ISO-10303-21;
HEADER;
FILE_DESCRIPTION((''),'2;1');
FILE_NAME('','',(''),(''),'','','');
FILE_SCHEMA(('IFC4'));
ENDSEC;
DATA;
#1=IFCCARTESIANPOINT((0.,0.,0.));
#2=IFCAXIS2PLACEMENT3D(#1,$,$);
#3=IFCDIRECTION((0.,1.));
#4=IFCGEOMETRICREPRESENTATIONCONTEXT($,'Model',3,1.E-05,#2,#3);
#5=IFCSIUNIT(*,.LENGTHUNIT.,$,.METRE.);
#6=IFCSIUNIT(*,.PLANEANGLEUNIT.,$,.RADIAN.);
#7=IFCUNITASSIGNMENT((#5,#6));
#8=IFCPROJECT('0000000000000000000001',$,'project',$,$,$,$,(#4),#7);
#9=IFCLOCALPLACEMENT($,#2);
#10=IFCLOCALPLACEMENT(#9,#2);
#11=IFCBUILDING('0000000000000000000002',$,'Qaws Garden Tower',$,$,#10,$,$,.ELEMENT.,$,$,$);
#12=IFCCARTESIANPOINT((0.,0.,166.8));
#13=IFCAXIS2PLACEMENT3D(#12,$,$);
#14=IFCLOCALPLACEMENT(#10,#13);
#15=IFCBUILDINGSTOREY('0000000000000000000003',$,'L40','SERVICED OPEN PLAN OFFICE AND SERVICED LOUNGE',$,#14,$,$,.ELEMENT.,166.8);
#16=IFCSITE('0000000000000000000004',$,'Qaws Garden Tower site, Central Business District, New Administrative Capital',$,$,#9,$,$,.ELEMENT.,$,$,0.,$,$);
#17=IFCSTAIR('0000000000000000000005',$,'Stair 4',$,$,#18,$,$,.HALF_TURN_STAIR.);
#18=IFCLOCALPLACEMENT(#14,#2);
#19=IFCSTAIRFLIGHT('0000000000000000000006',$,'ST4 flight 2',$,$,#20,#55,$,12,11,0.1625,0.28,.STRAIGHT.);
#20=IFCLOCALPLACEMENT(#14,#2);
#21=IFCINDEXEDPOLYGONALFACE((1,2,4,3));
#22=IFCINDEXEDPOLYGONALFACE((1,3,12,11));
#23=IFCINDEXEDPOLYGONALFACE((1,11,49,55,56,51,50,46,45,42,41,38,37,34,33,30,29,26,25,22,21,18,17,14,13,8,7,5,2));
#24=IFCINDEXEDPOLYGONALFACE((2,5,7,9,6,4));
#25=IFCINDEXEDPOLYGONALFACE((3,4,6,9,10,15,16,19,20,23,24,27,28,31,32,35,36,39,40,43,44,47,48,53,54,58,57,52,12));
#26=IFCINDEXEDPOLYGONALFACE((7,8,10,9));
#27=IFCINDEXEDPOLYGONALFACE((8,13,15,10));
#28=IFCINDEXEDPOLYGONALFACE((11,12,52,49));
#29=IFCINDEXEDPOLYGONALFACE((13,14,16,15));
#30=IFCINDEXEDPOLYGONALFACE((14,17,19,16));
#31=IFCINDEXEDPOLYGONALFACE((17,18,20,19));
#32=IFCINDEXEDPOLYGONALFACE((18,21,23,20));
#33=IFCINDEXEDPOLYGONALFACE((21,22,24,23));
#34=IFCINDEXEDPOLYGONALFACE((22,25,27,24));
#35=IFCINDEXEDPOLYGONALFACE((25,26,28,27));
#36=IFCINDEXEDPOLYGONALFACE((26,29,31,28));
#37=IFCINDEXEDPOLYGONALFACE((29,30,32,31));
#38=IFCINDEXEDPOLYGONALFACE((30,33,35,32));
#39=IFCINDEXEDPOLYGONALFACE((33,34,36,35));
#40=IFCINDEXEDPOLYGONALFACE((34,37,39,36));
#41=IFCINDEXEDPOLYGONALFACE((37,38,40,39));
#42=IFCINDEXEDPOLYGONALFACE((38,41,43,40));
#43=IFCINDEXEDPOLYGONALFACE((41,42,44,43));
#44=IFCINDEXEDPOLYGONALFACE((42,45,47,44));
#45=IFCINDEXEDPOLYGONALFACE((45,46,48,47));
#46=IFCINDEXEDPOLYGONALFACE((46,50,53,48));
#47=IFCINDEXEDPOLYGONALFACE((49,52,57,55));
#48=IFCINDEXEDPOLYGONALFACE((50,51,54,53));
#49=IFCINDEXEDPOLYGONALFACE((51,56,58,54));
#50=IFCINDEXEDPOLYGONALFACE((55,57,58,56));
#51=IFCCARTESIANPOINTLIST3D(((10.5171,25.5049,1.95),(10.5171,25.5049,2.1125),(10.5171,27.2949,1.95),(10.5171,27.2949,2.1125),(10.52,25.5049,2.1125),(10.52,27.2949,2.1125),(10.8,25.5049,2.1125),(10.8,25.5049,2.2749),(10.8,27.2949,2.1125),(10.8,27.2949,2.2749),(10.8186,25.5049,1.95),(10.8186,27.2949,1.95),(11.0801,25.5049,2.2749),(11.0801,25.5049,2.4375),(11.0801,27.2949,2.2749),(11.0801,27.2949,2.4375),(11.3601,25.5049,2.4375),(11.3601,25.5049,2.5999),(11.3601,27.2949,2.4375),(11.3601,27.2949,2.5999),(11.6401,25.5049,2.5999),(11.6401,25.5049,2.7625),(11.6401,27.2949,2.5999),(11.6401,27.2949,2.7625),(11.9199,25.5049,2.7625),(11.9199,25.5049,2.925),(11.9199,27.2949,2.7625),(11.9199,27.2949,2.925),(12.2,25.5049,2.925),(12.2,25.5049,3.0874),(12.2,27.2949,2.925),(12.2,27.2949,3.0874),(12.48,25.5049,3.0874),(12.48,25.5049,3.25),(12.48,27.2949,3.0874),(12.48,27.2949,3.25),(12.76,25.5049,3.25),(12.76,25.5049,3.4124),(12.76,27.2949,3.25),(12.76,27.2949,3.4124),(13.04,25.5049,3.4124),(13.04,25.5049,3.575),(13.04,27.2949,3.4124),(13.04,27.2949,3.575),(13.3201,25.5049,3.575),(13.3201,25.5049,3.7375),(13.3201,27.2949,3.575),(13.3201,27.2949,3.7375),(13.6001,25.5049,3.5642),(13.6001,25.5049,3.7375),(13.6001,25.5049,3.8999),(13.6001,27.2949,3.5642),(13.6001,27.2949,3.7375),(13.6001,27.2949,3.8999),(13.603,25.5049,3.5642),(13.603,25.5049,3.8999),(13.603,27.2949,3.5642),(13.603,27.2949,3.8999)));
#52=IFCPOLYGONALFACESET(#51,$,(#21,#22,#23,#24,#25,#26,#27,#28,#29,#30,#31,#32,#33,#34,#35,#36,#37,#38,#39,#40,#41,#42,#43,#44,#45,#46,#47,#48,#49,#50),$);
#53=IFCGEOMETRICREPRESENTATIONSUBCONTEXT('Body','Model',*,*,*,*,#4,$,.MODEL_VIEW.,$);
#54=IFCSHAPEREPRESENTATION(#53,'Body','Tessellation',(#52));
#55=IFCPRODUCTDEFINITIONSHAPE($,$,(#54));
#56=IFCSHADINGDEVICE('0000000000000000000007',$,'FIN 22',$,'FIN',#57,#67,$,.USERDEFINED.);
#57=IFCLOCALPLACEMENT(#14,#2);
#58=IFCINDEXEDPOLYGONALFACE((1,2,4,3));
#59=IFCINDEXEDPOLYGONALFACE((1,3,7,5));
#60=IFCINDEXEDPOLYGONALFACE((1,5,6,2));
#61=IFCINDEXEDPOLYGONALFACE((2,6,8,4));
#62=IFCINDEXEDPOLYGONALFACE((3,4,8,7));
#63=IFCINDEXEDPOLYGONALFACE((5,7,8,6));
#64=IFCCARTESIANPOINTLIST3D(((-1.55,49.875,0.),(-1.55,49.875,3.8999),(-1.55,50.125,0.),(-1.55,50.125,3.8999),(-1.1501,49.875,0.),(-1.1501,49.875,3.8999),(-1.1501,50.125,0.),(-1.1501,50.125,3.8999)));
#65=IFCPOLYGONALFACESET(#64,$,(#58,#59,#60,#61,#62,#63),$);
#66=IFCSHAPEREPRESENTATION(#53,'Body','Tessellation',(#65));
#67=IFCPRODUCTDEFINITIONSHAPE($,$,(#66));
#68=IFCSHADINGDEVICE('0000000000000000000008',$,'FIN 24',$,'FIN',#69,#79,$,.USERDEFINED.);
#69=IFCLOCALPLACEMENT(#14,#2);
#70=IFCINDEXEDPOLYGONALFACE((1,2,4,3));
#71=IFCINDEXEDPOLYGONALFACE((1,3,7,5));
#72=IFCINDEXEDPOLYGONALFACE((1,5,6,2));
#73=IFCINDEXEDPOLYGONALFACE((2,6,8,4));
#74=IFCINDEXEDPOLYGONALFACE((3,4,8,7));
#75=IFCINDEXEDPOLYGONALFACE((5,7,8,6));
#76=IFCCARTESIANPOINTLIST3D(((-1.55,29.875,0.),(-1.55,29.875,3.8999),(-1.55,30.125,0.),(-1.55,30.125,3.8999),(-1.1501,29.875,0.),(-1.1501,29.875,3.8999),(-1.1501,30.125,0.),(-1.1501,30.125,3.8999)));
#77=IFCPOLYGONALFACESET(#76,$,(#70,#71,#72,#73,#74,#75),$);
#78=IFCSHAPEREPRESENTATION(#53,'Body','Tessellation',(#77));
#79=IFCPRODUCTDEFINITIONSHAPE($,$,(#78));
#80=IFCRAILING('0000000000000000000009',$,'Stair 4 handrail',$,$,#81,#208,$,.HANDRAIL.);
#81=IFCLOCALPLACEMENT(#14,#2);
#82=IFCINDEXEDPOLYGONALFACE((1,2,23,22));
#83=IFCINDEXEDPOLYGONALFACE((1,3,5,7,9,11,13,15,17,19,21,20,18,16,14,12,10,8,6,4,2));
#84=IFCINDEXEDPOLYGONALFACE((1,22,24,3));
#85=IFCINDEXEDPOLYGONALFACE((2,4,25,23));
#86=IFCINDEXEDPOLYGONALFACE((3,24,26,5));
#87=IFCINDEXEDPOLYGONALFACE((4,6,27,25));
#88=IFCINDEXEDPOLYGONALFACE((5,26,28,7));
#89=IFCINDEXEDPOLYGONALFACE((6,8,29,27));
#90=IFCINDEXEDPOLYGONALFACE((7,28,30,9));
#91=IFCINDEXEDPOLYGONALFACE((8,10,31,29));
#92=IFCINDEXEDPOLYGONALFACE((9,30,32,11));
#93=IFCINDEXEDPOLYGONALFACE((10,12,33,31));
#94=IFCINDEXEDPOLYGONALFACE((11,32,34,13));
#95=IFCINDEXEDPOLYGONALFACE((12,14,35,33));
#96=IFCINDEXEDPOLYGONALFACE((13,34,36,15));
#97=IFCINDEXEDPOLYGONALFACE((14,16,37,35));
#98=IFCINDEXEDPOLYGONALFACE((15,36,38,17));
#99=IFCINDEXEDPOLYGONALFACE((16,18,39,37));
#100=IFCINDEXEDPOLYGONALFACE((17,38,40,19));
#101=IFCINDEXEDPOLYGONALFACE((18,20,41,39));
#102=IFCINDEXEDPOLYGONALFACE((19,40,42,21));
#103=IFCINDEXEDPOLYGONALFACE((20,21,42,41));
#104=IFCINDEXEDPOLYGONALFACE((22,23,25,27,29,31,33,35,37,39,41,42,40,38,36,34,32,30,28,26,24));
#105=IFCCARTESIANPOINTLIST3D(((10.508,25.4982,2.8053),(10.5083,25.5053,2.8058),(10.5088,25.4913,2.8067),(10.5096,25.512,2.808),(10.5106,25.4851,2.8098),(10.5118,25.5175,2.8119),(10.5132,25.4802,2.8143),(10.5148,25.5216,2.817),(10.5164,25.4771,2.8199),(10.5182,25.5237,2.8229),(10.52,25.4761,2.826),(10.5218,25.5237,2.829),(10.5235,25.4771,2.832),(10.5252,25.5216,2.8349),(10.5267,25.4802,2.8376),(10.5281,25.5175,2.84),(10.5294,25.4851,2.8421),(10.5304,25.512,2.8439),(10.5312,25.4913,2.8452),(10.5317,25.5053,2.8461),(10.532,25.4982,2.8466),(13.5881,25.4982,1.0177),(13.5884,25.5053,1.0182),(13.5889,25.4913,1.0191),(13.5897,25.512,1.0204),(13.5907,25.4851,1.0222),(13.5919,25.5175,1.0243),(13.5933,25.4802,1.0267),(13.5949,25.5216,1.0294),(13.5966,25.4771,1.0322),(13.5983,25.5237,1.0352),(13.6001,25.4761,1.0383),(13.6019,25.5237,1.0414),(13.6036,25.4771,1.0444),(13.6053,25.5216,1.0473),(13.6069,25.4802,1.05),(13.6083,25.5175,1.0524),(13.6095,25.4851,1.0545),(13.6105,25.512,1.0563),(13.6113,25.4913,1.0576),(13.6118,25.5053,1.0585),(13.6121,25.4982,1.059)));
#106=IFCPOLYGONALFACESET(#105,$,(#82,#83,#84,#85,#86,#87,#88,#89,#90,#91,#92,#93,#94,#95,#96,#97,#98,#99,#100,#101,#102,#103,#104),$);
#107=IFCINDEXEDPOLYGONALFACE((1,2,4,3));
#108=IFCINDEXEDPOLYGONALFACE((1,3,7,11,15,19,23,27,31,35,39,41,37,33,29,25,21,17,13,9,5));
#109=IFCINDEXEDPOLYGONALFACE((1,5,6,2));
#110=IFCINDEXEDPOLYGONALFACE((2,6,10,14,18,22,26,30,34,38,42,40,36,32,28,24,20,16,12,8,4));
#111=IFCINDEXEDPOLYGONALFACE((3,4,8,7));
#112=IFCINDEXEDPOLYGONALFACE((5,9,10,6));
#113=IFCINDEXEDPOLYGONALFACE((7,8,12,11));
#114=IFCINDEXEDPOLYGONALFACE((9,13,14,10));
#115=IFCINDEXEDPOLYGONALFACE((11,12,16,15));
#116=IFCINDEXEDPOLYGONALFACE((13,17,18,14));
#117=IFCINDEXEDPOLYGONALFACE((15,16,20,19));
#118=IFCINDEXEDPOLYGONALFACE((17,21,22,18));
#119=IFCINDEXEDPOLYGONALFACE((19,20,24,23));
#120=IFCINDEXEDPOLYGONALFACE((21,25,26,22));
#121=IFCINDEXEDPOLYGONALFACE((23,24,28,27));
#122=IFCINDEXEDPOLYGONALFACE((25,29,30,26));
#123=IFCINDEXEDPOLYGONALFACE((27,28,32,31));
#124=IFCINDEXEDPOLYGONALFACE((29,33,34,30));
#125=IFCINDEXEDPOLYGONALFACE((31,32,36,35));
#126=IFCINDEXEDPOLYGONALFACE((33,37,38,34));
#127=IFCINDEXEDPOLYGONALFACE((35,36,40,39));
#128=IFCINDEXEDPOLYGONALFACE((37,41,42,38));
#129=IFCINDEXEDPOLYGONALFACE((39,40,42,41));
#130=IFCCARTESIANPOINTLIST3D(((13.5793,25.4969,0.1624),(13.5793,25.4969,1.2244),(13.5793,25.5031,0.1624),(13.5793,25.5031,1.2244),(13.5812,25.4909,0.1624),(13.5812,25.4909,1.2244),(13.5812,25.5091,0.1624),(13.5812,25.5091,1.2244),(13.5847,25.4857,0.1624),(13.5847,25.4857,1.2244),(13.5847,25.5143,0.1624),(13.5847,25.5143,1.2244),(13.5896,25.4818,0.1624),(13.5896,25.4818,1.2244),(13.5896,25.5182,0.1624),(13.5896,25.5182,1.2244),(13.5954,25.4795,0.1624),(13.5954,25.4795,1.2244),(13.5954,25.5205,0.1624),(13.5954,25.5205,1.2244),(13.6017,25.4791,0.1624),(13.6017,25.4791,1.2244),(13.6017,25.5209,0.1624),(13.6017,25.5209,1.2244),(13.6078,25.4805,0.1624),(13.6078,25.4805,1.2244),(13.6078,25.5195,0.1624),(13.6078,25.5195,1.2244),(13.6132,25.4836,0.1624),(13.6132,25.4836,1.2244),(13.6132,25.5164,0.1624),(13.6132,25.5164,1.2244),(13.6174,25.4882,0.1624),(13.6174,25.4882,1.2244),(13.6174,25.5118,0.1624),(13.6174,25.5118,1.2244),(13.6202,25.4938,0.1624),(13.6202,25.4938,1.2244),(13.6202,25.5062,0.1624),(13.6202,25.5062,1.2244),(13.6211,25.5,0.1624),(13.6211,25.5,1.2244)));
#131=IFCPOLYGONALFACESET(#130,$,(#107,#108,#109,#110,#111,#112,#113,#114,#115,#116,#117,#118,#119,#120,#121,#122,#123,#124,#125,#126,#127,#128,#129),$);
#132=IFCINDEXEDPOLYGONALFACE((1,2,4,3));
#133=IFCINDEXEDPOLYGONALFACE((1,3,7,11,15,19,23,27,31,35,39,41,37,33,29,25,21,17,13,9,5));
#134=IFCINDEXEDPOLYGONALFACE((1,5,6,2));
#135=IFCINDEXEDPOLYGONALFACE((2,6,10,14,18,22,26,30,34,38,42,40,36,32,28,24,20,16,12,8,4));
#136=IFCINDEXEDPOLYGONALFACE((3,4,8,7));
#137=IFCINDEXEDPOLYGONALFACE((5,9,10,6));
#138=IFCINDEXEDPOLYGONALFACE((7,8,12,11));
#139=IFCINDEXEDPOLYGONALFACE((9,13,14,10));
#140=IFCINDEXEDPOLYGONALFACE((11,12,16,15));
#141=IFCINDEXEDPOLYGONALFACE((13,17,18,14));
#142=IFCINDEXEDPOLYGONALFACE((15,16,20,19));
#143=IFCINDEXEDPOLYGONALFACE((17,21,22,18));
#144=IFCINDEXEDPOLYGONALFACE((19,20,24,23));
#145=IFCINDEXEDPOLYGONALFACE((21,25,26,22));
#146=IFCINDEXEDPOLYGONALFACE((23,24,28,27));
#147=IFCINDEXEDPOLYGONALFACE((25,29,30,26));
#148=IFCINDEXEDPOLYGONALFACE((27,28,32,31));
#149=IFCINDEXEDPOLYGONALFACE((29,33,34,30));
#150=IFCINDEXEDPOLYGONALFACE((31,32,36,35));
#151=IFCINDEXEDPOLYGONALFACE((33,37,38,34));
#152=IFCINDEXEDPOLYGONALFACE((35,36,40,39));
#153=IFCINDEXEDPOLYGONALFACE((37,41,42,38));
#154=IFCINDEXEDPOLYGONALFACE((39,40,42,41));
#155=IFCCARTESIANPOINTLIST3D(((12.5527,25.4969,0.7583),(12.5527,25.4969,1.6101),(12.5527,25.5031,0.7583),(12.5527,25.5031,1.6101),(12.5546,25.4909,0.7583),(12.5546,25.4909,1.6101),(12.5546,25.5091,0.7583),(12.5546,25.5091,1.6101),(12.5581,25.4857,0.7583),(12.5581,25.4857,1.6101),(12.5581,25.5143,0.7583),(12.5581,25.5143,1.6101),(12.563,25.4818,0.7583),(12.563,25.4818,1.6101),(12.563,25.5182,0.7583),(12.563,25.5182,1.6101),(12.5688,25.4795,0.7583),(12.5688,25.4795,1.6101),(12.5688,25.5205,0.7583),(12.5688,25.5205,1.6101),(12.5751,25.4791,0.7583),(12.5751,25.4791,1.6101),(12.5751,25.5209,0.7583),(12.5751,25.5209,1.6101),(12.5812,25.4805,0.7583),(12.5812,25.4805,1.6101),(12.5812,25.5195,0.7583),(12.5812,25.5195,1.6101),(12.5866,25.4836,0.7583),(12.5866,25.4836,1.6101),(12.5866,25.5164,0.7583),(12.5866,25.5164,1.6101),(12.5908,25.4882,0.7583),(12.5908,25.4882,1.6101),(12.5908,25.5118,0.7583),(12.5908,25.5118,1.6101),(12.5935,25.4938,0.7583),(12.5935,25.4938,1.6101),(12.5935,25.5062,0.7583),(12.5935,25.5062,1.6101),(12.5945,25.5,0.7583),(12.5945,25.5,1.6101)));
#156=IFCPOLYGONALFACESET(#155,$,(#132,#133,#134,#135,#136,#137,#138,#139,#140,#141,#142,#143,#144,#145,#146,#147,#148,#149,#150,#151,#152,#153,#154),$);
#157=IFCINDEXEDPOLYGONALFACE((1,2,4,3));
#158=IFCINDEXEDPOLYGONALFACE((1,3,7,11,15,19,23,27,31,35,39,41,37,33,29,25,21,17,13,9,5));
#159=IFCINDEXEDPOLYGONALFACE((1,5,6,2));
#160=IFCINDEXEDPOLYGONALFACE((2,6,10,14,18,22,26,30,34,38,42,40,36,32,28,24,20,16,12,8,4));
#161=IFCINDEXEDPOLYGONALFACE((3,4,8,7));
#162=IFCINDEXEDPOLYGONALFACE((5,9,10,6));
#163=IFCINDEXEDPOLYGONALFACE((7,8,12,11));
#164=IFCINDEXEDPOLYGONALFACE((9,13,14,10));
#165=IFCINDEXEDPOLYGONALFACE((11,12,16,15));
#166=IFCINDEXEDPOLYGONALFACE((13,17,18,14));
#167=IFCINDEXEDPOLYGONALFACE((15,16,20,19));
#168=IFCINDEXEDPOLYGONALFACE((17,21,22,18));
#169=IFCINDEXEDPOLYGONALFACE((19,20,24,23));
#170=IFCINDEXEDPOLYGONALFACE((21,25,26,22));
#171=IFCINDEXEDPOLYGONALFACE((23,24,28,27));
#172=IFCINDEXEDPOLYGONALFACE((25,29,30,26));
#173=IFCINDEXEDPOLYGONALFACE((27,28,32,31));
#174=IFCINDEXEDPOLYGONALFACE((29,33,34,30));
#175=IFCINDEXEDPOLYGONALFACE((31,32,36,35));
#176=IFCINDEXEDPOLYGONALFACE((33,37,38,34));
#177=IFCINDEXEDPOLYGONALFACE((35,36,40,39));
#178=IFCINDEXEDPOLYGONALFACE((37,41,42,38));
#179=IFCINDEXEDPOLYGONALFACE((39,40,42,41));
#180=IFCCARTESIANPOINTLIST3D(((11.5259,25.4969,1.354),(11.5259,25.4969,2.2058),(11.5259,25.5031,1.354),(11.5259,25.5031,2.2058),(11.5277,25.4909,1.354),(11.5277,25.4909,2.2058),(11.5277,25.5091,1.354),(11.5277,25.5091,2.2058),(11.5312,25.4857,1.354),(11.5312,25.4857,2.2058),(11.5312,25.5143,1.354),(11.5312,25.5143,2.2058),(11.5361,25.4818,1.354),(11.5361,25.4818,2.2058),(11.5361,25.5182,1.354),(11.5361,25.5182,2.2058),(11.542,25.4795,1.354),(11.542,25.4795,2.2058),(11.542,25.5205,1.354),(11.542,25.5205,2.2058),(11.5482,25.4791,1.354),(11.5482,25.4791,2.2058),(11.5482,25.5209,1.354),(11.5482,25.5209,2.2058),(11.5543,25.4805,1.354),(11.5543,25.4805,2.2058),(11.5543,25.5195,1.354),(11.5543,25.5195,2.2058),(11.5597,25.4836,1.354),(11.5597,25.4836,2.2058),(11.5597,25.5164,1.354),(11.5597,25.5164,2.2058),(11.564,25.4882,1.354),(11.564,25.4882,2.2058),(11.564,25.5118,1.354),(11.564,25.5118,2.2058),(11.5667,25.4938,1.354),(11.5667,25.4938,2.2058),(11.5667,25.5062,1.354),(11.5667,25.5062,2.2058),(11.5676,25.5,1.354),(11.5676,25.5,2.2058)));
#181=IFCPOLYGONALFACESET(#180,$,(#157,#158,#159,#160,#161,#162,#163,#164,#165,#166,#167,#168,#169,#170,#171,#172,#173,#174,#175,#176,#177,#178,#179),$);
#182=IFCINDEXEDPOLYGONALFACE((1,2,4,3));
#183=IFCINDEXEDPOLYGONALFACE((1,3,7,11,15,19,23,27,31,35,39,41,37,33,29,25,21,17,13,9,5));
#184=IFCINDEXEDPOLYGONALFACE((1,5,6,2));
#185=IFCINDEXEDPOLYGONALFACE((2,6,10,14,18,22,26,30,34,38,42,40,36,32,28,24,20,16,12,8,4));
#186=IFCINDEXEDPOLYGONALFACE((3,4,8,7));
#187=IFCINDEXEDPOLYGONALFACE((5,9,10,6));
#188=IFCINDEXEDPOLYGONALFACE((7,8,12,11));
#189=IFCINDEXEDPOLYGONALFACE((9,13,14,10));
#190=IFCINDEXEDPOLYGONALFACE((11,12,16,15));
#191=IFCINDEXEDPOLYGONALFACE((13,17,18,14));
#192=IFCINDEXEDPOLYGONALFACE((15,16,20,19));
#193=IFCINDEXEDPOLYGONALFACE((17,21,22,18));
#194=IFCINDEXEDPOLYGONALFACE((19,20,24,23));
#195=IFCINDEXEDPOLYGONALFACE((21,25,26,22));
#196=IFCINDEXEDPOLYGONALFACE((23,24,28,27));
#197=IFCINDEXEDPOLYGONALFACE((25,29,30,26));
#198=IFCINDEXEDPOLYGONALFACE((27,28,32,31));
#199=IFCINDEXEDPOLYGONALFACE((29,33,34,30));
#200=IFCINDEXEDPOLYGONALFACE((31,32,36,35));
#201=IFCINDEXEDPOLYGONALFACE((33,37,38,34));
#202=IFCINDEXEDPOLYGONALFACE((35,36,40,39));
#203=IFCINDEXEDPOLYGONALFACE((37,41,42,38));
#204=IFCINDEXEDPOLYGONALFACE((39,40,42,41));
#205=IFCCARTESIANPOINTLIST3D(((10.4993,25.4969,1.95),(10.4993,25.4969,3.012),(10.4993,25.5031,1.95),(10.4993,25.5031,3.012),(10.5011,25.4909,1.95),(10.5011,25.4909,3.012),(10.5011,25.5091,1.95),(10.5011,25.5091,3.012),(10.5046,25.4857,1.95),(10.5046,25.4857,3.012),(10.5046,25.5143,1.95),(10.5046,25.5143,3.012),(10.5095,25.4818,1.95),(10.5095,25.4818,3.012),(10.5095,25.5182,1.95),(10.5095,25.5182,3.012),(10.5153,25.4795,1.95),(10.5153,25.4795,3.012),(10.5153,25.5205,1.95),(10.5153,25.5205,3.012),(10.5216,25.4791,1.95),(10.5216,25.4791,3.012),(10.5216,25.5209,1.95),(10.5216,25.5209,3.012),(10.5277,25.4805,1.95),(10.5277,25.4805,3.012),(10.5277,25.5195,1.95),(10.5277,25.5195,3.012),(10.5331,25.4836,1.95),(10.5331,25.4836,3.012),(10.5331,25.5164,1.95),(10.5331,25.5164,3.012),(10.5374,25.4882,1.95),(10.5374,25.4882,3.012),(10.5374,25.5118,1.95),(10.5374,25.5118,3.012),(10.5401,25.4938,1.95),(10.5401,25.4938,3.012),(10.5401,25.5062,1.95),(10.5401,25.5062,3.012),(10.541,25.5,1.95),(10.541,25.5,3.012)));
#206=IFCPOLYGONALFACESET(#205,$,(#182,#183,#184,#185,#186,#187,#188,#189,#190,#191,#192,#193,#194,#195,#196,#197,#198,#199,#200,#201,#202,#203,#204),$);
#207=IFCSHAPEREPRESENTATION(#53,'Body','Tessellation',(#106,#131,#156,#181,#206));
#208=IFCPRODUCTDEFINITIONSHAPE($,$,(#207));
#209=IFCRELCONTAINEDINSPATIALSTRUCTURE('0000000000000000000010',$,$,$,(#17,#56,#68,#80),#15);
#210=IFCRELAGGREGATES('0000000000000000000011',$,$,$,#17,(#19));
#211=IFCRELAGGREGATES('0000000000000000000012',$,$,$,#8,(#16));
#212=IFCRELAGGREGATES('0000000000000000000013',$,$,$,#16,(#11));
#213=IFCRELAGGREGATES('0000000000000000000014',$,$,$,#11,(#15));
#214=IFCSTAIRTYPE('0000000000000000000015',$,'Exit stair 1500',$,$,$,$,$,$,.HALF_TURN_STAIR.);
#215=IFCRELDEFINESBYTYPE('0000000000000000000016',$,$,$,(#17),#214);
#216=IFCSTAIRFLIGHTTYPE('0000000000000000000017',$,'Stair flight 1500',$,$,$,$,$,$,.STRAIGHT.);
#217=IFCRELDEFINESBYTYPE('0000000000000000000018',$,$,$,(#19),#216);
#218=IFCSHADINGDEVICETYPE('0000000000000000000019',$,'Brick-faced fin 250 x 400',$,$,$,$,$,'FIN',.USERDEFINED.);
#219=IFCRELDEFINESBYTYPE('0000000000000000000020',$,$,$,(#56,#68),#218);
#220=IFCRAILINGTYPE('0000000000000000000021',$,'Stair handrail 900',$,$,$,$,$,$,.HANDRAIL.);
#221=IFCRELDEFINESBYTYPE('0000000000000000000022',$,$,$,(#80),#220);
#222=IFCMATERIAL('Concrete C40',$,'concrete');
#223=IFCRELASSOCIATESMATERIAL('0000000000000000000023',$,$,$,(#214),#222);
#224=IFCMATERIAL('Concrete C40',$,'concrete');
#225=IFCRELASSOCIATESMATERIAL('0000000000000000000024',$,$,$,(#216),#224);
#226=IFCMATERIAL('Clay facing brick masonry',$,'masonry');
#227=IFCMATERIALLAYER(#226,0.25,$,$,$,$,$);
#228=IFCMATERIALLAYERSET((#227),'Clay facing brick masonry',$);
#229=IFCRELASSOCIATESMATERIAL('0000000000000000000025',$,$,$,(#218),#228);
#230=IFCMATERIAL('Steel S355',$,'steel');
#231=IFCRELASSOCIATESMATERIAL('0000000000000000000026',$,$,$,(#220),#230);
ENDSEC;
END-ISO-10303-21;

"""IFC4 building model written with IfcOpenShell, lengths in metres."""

from ifc_helpers import new_model, si_unit, direction, frame, origin, origin_2d, place, context, subcontext, project, spatial, polyline, rectangle, circle, outline, extrude, material, layer, layer_set, type_object, element, aggregate, save


model = new_model("IFC4")

# Units and contexts
model_context = context("Model", 3, precision=1e-05, world=origin(), true_north=direction((0.0, 1.0)))
body_context = subcontext(model_context, "Body", "Model", "MODEL_VIEW")
ifc_project = project(units=[si_unit("LENGTHUNIT", "METRE"), si_unit("PLANEANGLEUNIT", "RADIAN")], contexts=[model_context])

# Site, building, storey
site_placement = place(None, origin())
site = spatial("IfcSite", under=ifc_project, at=site_placement, Name="Qaws Garden Tower site, Central Business District, New Administrative Capital", CompositionType="ELEMENT", RefElevation=0.0)
building_placement = place(site_placement, origin())
building = spatial("IfcBuilding", under=site, at=building_placement, Name="Qaws Garden Tower", CompositionType="ELEMENT")
storey_placement = place(building_placement, frame((0.0, 0.0, 166.8)))
storey = spatial("IfcBuildingStorey", under=building, at=storey_placement, Name="L40", Description="SERVICED OPEN PLAN OFFICE AND SERVICED LOUNGE", CompositionType="ELEMENT", Elevation=166.8)

# Stair, stair flight
ifc_material_1 = material(Name="Concrete C40", Category="concrete")
stair_type = type_object("IfcStairType", Name="Exit stair 1500", PredefinedType="HALF_TURN_STAIR", material=ifc_material_1)
stair_placement = place(storey_placement, origin())
stair = element("IfcStair", 1, at=stair_placement, inside=storey, type_object=stair_type, Name="Stair 4", PredefinedType="HALF_TURN_STAIR")
ifc_material_2 = material(Name="Concrete C40", Category="concrete")
stair_flight_type = type_object("IfcStairFlightType", Name="Stair flight 1500", PredefinedType="STRAIGHT", material=ifc_material_2)
stair_flight_placement = place(storey_placement, frame((10.52, 26.3999, 1.95), z_axis=(0.0, 0.0, 1.0), x_axis=(1.0, 0.0, 0.0)))
stair_flight = element("IfcStairFlight", 2, at=stair_flight_placement, type_object=stair_flight_type, Name="ST4 flight 2", NumberOfRisers=12, NumberOfTreads=11, PredefinedType="STRAIGHT", RiserHeight=0.1625, TreadLength=0.28, context=body_context, shape_type="SweptSolid", body=[
    extrude(outline(polyline([(-0.0029, 0.0), (-0.0029, 0.1626), (0.0, 0.1626), (0.28, 0.1626), (0.28, 0.325), (0.5601, 0.325), (0.5601, 0.4875), (0.8401, 0.4875), (0.8401, 0.6499), (1.1201, 0.6499), (1.1201, 0.8125), (1.3999, 0.8125), (1.3999, 0.9751), (1.6799, 0.9751), (1.6799, 1.1375), (1.96, 1.1375), (1.96, 1.3), (2.24, 1.3), (2.24, 1.4624), (2.52, 1.4624), (2.52, 1.625), (2.8, 1.625), (2.8, 1.7876), (3.0801, 1.7876), (3.0801, 1.95), (3.083, 1.95), (3.083, 1.6143), (3.0801, 1.6143), (0.2986, 0.0), (-0.0029, 0.0)])), frame((0.0, 0.895, 0.0), z_axis=(0.0, -1.0, 0.0), x_axis=(1.0, 0.0, 0.0)), (0.0, 0.0, 1.0), 1.79),
])
aggregate(stair, [stair_flight])

# Shading devices
ifc_material_3 = material(Name="Clay facing brick masonry", Category="masonry")
ifc_layer_1 = layer(ifc_material_3, 0.25)
ifc_layer_set_1 = layer_set([ifc_layer_1], Name="Clay facing brick masonry")
shading_device_type = type_object("IfcShadingDeviceType", Name="Brick-faced fin 250 x 400", ElementType="FIN", PredefinedType="USERDEFINED", material=ifc_layer_set_1)
for number, where, z_axis, x_axis, name in (
    (3, (-1.3501, 50.0, 0.0), (0.0, 0.0, 1.0), (0.0, -1.0, 0.0), "FIN 22"),
    (4, (-1.3501, 30.0, 0.0), (0.0, 0.0, 1.0), (0.0, -1.0, 0.0), "FIN 24"),
):
    element("IfcShadingDevice", number, at=place(storey_placement, frame(where, z_axis=z_axis, x_axis=x_axis)), inside=storey, type_object=shading_device_type, Name=name, ObjectType="FIN", PredefinedType="USERDEFINED", context=body_context, shape_type="SweptSolid", body=[
        extrude(rectangle(XDim=0.25, YDim=0.3999, at=origin_2d()), origin(), (0.0, 0.0, 1.0), 3.8999),
    ])

# Railing
ifc_material_4 = material(Name="Steel S355", Category="steel")
railing_type = type_object("IfcRailingType", Name="Stair handrail 900", PredefinedType="HANDRAIL", material=ifc_material_4)
railing_1_placement = place(storey_placement, frame((13.6001, 25.5, 0.1624)))
element("IfcRailing", 5, at=railing_1_placement, inside=storey, type_object=railing_type, Name="Stair 4 handrail", PredefinedType="HANDRAIL", context=body_context, shape_type="SweptSolid", body=[
    extrude(circle(Radius=0.0239, at=origin_2d()), frame((0.0, 0.0, 0.876), z_axis=(-0.864891, 0.0, 0.50196), x_axis=(0.0, -1.0, 0.0)), (0.0, 0.0, 1.0), 3.5613),
    extrude(circle(Radius=0.021, at=origin_2d()), origin(), (0.0, 0.0, 1.0), 1.062),
    extrude(circle(Radius=0.021, at=origin_2d()), frame((-1.0266, 0.0, 0.5959)), (0.0, 0.0, 1.0), 0.8518),
    extrude(circle(Radius=0.021, at=origin_2d()), frame((-2.0535, 0.0, 1.1917)), (0.0, 0.0, 1.0), 0.8518),
    extrude(circle(Radius=0.021, at=origin_2d()), frame((-3.0801, 0.0, 1.7876)), (0.0, 0.0, 1.0), 1.062),
])

save(model, "model.ifc")
